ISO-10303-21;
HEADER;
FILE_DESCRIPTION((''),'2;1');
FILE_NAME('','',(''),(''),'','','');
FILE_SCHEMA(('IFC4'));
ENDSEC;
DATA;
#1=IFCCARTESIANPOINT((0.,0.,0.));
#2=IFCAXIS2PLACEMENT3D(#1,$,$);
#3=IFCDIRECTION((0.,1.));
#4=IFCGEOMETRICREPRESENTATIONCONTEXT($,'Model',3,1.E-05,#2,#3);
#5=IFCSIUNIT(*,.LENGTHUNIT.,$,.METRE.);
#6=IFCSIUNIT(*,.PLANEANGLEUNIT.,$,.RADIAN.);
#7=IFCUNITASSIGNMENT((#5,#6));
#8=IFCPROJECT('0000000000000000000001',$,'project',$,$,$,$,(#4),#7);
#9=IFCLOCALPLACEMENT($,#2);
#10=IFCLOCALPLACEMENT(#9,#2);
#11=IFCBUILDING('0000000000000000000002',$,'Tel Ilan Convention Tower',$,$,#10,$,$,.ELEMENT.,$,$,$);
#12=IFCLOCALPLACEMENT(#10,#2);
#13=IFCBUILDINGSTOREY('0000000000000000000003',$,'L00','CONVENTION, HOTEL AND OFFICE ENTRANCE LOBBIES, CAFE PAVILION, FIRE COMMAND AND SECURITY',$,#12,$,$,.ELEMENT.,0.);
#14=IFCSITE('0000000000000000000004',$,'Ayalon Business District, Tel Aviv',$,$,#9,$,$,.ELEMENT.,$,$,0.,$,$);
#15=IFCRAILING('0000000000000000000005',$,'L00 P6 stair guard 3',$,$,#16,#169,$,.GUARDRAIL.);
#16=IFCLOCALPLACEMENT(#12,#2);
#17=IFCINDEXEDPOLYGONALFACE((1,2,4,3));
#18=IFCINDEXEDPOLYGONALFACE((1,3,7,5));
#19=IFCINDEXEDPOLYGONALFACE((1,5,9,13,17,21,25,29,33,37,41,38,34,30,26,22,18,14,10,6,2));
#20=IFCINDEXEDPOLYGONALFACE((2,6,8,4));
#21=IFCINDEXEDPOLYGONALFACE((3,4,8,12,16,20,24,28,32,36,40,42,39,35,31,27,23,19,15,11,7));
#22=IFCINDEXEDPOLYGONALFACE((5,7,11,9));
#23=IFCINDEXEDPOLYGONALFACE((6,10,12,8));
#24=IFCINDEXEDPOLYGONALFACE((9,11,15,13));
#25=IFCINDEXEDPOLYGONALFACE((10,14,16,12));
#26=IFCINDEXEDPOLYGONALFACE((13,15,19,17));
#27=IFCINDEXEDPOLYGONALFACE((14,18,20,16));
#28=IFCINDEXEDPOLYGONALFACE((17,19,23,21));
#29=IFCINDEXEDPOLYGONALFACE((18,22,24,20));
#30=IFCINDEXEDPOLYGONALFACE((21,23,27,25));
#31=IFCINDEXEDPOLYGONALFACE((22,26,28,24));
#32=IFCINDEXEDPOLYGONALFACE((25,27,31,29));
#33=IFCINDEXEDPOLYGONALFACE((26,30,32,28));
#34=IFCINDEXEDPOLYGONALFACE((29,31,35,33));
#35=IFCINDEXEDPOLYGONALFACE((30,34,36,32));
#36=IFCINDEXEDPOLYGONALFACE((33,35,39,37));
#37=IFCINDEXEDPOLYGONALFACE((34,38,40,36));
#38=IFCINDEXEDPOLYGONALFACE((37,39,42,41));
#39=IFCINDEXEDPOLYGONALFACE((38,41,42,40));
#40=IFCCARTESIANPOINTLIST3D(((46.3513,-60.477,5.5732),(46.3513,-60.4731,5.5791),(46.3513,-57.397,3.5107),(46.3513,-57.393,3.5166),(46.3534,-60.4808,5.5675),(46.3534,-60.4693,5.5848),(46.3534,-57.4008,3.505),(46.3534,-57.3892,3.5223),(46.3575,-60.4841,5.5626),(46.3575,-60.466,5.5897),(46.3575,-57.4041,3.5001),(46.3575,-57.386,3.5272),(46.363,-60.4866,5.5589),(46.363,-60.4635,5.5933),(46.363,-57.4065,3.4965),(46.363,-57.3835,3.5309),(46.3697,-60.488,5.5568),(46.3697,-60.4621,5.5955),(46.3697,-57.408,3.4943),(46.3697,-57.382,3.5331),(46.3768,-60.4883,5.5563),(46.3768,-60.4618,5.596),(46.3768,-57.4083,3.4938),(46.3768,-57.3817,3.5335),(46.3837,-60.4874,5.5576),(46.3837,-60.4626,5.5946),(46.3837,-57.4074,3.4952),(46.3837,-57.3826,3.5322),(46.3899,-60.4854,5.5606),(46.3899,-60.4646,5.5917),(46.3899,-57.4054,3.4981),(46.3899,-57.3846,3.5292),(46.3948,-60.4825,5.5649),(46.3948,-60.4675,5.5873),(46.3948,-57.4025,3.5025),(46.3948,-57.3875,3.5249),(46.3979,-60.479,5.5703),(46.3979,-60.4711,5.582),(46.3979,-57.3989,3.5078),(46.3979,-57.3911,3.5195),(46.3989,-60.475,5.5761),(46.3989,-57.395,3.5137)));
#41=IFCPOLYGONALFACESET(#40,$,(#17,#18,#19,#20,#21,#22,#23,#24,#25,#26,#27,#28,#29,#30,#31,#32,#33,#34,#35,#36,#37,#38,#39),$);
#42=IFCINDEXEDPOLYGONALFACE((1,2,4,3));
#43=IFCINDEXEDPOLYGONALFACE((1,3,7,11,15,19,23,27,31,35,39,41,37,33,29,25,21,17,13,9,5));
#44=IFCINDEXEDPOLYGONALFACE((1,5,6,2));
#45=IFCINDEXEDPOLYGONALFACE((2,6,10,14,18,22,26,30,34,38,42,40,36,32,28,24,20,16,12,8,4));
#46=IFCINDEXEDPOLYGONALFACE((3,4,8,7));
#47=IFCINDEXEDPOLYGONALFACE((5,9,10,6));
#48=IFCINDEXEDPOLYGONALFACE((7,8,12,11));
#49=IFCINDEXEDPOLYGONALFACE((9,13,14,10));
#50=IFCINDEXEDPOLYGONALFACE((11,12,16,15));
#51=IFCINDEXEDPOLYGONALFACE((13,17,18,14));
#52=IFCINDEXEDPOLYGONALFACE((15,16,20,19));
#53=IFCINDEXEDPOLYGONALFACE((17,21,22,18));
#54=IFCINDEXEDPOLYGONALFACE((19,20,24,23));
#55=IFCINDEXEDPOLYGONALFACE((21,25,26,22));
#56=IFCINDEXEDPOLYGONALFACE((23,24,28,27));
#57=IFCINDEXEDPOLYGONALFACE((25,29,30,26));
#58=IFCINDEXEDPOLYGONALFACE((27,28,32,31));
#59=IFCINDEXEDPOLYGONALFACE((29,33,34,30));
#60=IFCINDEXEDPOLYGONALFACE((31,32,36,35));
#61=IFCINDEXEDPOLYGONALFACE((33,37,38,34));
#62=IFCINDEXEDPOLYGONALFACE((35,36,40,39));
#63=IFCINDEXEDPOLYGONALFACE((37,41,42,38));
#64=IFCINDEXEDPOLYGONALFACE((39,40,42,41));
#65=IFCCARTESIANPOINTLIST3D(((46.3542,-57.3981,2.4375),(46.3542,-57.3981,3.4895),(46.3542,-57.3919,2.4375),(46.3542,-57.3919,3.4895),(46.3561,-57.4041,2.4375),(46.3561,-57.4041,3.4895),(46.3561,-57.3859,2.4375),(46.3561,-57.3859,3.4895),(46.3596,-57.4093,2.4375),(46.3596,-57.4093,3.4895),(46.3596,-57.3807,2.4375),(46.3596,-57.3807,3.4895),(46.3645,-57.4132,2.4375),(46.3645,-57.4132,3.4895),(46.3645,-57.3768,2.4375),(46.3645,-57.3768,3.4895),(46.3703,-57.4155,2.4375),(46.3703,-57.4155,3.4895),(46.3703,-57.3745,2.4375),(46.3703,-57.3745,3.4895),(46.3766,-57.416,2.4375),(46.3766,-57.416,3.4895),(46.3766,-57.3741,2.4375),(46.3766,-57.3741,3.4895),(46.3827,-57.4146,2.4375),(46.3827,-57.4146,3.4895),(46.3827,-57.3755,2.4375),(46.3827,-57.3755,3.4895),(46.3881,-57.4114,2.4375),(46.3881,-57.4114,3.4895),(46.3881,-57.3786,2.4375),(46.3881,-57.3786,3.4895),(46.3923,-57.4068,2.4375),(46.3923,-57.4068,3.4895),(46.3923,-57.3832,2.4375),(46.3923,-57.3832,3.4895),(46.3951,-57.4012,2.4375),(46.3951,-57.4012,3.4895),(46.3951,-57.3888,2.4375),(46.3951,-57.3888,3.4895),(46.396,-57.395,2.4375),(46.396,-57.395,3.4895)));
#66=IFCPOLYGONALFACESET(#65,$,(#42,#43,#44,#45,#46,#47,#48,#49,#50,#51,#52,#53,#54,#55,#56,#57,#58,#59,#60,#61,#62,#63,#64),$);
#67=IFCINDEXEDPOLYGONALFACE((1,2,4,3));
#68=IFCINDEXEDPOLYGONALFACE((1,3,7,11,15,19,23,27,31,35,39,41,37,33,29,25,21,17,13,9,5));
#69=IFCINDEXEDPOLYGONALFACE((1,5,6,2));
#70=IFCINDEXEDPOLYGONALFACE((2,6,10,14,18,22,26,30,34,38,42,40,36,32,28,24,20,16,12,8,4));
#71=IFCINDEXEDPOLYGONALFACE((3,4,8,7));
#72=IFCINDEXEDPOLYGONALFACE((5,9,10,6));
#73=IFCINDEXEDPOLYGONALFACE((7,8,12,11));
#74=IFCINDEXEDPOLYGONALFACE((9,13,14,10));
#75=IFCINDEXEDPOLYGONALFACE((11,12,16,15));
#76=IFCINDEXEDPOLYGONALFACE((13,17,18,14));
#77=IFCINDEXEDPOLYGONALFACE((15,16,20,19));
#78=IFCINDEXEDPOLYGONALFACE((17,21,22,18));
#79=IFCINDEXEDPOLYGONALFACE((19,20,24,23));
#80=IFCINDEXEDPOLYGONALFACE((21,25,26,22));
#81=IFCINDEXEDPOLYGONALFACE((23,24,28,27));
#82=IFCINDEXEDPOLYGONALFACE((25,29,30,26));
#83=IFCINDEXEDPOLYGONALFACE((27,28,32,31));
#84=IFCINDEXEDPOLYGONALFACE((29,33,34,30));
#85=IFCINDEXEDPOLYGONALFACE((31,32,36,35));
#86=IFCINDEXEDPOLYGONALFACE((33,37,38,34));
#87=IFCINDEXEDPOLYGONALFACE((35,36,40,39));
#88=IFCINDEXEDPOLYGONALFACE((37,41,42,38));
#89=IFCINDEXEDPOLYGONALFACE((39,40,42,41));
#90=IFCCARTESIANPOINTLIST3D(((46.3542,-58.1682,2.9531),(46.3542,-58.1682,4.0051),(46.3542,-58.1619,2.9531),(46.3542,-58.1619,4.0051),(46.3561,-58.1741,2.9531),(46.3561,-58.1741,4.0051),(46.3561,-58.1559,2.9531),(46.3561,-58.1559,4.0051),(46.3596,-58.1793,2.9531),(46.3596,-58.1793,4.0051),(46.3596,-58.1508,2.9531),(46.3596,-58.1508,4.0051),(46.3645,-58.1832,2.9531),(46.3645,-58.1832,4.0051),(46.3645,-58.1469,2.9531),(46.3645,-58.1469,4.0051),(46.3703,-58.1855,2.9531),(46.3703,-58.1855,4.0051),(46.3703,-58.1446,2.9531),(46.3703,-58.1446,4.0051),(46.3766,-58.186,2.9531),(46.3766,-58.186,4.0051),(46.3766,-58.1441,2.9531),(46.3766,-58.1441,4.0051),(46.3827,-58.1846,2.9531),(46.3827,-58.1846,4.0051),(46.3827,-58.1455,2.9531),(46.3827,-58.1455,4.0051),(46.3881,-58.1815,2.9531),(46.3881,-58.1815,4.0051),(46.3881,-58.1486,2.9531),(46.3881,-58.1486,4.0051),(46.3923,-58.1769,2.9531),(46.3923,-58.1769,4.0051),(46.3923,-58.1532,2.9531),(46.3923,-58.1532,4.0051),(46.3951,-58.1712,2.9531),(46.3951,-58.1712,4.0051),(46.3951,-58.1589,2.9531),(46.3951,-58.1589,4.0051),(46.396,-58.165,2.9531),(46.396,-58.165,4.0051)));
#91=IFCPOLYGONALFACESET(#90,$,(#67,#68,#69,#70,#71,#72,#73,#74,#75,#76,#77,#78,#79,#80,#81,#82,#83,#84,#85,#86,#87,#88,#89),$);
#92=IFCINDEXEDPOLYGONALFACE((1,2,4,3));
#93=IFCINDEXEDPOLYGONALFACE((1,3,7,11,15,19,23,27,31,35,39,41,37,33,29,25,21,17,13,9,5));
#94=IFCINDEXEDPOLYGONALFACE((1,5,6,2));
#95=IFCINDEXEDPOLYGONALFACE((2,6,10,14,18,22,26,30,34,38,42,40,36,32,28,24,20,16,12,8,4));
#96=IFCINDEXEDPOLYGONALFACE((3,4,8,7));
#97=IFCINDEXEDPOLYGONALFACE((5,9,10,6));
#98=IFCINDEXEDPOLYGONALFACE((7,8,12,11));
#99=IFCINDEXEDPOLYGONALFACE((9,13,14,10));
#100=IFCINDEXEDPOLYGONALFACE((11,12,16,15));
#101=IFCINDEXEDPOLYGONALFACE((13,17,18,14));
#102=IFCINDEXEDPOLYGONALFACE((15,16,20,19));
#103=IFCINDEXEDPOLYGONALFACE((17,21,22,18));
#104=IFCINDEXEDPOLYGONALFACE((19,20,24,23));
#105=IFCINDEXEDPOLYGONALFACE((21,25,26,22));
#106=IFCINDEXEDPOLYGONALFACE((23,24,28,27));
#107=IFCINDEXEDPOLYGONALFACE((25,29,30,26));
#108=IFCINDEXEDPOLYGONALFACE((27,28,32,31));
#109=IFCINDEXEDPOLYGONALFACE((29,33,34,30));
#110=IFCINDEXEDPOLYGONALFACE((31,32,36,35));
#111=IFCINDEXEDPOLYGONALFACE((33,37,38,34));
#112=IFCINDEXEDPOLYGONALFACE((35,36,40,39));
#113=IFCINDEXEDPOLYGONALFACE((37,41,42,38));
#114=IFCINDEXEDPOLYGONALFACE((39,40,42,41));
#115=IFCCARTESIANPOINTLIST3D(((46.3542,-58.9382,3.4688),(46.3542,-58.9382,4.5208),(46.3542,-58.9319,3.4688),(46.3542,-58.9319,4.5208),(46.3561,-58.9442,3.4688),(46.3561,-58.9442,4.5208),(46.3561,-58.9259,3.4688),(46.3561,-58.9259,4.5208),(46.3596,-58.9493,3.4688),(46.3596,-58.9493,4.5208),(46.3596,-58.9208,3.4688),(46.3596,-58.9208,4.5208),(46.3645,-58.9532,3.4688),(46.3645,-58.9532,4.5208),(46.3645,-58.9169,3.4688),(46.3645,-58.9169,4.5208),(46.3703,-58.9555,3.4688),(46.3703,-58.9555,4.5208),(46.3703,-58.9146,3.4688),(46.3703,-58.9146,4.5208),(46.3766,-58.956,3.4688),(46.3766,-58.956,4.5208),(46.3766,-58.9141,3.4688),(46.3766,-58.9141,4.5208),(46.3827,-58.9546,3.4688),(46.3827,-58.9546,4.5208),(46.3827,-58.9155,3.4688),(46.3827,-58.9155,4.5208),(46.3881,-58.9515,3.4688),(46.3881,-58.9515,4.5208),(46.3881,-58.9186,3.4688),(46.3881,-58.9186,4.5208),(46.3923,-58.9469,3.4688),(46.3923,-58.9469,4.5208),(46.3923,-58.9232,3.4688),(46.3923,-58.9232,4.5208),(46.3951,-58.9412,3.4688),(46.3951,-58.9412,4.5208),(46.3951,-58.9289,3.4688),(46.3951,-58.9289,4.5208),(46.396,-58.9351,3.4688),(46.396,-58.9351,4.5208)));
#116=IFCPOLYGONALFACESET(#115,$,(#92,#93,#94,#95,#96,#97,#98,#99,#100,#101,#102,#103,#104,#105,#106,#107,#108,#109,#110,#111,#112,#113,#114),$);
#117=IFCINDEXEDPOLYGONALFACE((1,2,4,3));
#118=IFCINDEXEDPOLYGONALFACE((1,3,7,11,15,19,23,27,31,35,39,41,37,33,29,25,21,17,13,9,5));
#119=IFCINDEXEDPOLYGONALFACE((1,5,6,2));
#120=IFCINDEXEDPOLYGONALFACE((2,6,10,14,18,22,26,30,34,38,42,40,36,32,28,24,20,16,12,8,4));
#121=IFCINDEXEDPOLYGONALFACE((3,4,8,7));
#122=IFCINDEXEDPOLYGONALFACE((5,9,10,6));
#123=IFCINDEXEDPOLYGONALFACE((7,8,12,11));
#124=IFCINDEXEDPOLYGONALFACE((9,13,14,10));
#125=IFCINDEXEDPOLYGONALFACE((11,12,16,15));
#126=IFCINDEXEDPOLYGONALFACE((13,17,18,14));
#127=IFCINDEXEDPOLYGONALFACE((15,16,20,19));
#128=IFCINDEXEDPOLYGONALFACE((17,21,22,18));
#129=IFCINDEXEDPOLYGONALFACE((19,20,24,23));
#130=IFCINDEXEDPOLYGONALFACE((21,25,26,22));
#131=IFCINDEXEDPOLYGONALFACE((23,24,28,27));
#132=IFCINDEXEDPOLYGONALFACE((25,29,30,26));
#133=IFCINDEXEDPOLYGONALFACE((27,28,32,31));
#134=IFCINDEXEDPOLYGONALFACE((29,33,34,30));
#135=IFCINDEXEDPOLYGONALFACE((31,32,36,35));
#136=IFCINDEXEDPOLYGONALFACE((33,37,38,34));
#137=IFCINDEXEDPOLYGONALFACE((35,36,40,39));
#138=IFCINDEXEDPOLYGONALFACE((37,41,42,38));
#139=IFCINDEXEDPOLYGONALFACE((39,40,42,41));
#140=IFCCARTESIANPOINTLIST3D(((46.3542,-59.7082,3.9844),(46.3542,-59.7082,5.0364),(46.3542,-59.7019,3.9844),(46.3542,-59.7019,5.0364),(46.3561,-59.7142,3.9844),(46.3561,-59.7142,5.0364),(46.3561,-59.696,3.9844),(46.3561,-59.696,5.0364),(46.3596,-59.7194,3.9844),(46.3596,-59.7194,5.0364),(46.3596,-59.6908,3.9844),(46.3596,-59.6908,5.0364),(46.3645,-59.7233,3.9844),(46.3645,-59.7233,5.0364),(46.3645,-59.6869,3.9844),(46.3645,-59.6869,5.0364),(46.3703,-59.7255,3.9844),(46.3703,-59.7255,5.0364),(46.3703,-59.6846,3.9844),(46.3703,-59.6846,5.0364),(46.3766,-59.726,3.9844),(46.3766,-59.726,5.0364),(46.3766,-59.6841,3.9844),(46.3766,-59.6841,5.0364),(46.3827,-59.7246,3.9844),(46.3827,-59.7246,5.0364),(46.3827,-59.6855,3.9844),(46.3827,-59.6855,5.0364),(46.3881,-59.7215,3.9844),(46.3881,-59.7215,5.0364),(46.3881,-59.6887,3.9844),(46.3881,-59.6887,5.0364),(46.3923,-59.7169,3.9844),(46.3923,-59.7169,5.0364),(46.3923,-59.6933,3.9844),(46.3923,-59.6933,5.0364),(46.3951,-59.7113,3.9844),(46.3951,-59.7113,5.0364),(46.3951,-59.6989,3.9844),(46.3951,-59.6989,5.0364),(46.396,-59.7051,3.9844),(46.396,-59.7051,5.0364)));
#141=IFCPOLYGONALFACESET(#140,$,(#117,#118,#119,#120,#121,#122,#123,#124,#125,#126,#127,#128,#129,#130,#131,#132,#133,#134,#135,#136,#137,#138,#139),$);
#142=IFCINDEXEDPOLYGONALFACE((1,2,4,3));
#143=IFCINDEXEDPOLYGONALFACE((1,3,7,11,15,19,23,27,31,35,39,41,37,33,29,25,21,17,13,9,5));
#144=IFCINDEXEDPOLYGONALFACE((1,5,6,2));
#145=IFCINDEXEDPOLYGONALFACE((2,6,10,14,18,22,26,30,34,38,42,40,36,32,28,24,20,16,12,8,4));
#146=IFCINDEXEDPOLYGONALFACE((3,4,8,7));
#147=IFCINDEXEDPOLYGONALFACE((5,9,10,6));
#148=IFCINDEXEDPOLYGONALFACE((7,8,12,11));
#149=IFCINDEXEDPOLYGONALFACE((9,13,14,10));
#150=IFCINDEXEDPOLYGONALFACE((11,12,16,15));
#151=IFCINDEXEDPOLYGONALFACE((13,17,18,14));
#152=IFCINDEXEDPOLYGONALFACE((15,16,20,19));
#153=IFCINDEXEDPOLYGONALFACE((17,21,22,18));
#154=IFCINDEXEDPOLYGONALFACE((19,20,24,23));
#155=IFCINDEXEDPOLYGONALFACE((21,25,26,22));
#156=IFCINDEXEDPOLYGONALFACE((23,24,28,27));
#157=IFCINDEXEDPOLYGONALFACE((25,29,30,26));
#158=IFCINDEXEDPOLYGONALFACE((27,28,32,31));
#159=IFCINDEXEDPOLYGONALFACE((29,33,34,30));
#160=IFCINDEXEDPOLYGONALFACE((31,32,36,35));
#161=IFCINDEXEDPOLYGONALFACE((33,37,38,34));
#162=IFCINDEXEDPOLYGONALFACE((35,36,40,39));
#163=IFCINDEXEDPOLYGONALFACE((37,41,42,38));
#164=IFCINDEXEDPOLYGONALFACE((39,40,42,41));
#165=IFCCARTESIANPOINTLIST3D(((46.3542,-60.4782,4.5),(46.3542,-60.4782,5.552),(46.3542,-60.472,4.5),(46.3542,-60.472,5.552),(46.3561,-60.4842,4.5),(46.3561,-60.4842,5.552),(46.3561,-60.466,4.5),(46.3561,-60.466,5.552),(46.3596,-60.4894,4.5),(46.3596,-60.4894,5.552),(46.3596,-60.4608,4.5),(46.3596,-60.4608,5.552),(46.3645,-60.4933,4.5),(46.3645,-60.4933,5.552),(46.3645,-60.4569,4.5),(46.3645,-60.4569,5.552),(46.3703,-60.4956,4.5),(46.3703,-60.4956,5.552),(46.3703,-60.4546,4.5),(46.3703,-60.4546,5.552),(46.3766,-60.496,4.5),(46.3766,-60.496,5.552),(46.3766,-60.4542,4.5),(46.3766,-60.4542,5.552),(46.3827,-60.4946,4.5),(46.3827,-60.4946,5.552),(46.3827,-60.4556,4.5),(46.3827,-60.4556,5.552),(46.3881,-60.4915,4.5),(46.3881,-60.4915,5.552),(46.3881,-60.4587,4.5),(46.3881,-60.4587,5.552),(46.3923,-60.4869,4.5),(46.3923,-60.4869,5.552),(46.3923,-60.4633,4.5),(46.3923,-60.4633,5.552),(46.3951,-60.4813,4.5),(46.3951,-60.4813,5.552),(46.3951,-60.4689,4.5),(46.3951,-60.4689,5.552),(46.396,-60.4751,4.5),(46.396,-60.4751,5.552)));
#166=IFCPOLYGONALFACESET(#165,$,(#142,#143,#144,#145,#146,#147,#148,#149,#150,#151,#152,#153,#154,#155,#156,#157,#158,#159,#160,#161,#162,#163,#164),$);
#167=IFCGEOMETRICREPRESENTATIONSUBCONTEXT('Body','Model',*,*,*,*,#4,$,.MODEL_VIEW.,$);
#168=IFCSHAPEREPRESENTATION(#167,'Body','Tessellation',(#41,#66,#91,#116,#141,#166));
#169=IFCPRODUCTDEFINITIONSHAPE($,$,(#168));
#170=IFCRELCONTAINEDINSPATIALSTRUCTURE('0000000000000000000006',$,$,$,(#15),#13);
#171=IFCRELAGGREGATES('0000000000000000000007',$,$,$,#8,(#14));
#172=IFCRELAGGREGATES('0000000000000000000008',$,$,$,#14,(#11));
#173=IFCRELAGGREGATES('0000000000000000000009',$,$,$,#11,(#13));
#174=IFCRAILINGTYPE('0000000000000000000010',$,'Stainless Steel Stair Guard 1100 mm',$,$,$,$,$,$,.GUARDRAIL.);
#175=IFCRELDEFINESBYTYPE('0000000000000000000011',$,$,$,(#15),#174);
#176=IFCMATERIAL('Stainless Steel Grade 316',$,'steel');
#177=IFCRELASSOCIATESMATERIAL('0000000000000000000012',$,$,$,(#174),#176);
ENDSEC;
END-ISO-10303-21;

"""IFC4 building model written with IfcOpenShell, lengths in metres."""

from ifc_helpers import new_model, si_unit, direction, frame, origin, origin_2d, place, context, subcontext, project, spatial, circle, extrude, material, type_object, element, save


model = new_model("IFC4")

# Units and contexts
model_context = context("Model", 3, precision=1e-05, world=origin(), true_north=direction((0.0, 1.0)))
body_context = subcontext(model_context, "Body", "Model", "MODEL_VIEW")
ifc_project = project(units=[si_unit("LENGTHUNIT", "METRE"), si_unit("PLANEANGLEUNIT", "RADIAN")], contexts=[model_context])

# Site, building, storey
site_placement = place(None, origin())
site = spatial("IfcSite", under=ifc_project, at=site_placement, Name="Ayalon Business District, Tel Aviv", CompositionType="ELEMENT", RefElevation=0.0)
building_placement = place(site_placement, origin())
building = spatial("IfcBuilding", under=site, at=building_placement, Name="Tel Ilan Convention Tower", CompositionType="ELEMENT")
storey_placement = place(building_placement, origin())
storey = spatial("IfcBuildingStorey", under=building, at=storey_placement, Name="L00", Description="CONVENTION, HOTEL AND OFFICE ENTRANCE LOBBIES, CAFE PAVILION, FIRE COMMAND AND SECURITY", CompositionType="ELEMENT", Elevation=0.0)

# Railing
ifc_material_1 = material(Name="Stainless Steel Grade 316", Category="steel")
railing_type_1 = type_object("IfcRailingType", Name="Stainless Steel Stair Guard 1100 mm", PredefinedType="GUARDRAIL", material=ifc_material_1)
for number, where, name in (
    (1, (46.375, -57.395, 2.4375), "L00 P6 stair guard 3"),
):
    element("IfcRailing", number, at=place(storey_placement, frame(where)), inside=storey, type_object=railing_type_1, Name=name, PredefinedType="GUARDRAIL", context=body_context, shape_type="SweptSolid", body=[
        extrude(circle(Radius=0.0239, at=origin_2d()), frame((0.0, 0.0, 1.0762), z_axis=(0.0, -0.830914, 0.556401), x_axis=(1.0, 0.0, 0.0)), (0.0, 0.0, 1.0), 3.7068),
        extrude(circle(Radius=0.021, at=origin_2d()), origin(), (0.0, 0.0, 1.0), 1.052),
        extrude(circle(Radius=0.021, at=origin_2d()), frame((0.0, -0.77, 0.5156)), (0.0, 0.0, 1.0), 1.052),
        extrude(circle(Radius=0.021, at=origin_2d()), frame((0.0, -1.54, 1.0312)), (0.0, 0.0, 1.0), 1.052),
        extrude(circle(Radius=0.021, at=origin_2d()), frame((0.0, -2.3101, 1.5469)), (0.0, 0.0, 1.0), 1.052),
        extrude(circle(Radius=0.021, at=origin_2d()), frame((0.0, -3.0801, 2.0625)), (0.0, 0.0, 1.0), 1.052),
    ])

save(model, "model.ifc")
